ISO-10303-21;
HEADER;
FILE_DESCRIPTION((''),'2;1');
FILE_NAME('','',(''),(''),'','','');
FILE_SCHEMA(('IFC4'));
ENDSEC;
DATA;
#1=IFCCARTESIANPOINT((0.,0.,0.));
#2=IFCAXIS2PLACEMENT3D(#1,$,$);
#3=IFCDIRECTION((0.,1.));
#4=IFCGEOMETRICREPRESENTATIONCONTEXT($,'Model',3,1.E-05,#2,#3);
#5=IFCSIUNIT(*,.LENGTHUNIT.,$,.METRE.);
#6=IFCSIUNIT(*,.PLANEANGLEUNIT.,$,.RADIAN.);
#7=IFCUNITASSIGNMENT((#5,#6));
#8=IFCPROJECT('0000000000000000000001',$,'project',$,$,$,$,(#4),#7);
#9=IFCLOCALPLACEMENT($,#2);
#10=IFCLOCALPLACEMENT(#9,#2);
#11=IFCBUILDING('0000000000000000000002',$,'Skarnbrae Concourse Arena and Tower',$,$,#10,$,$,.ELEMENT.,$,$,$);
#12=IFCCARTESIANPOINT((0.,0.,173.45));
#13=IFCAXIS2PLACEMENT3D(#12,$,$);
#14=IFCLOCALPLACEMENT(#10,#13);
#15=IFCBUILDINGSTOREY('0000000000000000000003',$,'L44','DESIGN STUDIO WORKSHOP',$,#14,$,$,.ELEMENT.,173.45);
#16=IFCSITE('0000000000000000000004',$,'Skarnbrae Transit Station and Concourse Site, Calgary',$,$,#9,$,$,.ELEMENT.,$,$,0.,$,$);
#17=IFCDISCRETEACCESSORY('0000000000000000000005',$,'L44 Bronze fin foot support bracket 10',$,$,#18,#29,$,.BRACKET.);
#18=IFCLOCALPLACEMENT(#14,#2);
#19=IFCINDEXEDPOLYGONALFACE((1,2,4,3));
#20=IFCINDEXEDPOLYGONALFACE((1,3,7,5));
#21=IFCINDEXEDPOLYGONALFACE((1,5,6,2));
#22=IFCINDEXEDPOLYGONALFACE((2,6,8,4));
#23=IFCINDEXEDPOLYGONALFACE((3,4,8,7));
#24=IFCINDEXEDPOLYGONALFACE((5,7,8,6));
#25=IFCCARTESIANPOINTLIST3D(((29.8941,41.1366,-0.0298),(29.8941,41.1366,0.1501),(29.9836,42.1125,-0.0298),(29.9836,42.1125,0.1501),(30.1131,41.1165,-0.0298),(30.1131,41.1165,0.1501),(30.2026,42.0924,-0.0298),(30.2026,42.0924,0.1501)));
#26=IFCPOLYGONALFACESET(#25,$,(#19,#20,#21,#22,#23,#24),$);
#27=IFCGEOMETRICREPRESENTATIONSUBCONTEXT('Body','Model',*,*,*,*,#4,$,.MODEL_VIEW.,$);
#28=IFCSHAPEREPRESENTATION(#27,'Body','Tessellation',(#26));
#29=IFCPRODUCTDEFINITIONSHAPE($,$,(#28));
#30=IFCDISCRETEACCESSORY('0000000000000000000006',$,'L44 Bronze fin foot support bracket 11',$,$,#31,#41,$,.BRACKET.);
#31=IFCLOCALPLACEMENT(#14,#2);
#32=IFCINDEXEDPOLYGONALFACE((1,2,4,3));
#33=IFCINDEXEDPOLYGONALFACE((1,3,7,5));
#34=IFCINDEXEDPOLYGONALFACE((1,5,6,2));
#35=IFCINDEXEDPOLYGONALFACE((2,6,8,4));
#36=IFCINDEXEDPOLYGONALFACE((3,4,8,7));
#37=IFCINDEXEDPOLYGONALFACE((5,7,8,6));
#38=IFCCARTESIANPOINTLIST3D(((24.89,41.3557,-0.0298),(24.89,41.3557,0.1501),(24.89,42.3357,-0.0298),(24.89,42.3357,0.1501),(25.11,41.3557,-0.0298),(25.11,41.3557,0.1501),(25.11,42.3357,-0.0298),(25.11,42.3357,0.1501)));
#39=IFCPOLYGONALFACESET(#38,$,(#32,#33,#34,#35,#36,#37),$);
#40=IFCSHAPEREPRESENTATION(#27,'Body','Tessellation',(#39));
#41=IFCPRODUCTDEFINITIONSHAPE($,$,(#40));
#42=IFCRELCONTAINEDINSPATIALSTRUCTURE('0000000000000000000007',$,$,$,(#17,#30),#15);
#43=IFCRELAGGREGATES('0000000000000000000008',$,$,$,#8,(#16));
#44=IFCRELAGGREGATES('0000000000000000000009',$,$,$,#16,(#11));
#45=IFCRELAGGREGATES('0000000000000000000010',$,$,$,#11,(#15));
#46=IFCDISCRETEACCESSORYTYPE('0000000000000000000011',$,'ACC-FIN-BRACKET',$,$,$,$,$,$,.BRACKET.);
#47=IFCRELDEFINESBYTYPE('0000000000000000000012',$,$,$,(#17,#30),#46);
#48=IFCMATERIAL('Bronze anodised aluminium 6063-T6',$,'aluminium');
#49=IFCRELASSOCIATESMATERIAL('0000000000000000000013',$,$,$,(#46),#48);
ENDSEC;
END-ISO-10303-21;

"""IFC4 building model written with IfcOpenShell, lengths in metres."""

from ifc_helpers import new_model, si_unit, direction, frame, origin, origin_2d, place, context, subcontext, project, spatial, rectangle, extrude, source, transform, mapped, material, type_object, element, save


model = new_model("IFC4")

# Units and contexts
model_context = context("Model", 3, precision=1e-05, world=origin(), true_north=direction((0.0, 1.0)))
body_context = subcontext(model_context, "Body", "Model", "MODEL_VIEW")
ifc_project = project(units=[si_unit("LENGTHUNIT", "METRE"), si_unit("PLANEANGLEUNIT", "RADIAN")], contexts=[model_context])

# Site, building, storey
site_placement = place(None, origin())
site = spatial("IfcSite", under=ifc_project, at=site_placement, Name="Skarnbrae Transit Station and Concourse Site, Calgary", CompositionType="ELEMENT", RefElevation=0.0)
building_placement = place(site_placement, origin())
building = spatial("IfcBuilding", under=site, at=building_placement, Name="Skarnbrae Concourse Arena and Tower", CompositionType="ELEMENT")
storey_placement = place(building_placement, frame((0.0, 0.0, 173.45)))
storey = spatial("IfcBuildingStorey", under=building, at=storey_placement, Name="L44", Description="DESIGN STUDIO WORKSHOP", CompositionType="ELEMENT", Elevation=173.45)

# Shared definitions
ifc_material_1 = material(Name="Bronze anodised aluminium 6063-T6", Category="aluminium")

# Discrete accessories
discrete_accessory_type = type_object("IfcDiscreteAccessoryType", Name="ACC-FIN-BRACKET", PredefinedType="BRACKET", material=ifc_material_1)
shared_shape_1 = source(origin(), body_context, "Body", "SweptSolid", [
    extrude(rectangle(XDim=0.22, YDim=0.98, at=origin_2d()), origin(), (0.0, 0.0, 1.0), 0.1799),
])
for number, where, z_axis, x_axis, name in (
    (1, (30.0483, 41.6145, -0.0298), (0.0, 0.0, 1.0), (0.995819, -0.091345, 0.0), "L44 Bronze fin foot support bracket 10"),
    (2, (25.0, 41.8457, -0.0298), (0.0, 0.0, 1.0), (1.0, 0.0, 0.0), "L44 Bronze fin foot support bracket 11"),
):
    element("IfcDiscreteAccessory", number, at=place(storey_placement, frame(where, z_axis=z_axis, x_axis=x_axis)), inside=storey, type_object=discrete_accessory_type, Name=name, PredefinedType="BRACKET", context=body_context, shape_type="MappedRepresentation", body=[
        mapped(shared_shape_1, transform((0.0, 0.0, 0.0))),
    ])

save(model, "model.ifc")
